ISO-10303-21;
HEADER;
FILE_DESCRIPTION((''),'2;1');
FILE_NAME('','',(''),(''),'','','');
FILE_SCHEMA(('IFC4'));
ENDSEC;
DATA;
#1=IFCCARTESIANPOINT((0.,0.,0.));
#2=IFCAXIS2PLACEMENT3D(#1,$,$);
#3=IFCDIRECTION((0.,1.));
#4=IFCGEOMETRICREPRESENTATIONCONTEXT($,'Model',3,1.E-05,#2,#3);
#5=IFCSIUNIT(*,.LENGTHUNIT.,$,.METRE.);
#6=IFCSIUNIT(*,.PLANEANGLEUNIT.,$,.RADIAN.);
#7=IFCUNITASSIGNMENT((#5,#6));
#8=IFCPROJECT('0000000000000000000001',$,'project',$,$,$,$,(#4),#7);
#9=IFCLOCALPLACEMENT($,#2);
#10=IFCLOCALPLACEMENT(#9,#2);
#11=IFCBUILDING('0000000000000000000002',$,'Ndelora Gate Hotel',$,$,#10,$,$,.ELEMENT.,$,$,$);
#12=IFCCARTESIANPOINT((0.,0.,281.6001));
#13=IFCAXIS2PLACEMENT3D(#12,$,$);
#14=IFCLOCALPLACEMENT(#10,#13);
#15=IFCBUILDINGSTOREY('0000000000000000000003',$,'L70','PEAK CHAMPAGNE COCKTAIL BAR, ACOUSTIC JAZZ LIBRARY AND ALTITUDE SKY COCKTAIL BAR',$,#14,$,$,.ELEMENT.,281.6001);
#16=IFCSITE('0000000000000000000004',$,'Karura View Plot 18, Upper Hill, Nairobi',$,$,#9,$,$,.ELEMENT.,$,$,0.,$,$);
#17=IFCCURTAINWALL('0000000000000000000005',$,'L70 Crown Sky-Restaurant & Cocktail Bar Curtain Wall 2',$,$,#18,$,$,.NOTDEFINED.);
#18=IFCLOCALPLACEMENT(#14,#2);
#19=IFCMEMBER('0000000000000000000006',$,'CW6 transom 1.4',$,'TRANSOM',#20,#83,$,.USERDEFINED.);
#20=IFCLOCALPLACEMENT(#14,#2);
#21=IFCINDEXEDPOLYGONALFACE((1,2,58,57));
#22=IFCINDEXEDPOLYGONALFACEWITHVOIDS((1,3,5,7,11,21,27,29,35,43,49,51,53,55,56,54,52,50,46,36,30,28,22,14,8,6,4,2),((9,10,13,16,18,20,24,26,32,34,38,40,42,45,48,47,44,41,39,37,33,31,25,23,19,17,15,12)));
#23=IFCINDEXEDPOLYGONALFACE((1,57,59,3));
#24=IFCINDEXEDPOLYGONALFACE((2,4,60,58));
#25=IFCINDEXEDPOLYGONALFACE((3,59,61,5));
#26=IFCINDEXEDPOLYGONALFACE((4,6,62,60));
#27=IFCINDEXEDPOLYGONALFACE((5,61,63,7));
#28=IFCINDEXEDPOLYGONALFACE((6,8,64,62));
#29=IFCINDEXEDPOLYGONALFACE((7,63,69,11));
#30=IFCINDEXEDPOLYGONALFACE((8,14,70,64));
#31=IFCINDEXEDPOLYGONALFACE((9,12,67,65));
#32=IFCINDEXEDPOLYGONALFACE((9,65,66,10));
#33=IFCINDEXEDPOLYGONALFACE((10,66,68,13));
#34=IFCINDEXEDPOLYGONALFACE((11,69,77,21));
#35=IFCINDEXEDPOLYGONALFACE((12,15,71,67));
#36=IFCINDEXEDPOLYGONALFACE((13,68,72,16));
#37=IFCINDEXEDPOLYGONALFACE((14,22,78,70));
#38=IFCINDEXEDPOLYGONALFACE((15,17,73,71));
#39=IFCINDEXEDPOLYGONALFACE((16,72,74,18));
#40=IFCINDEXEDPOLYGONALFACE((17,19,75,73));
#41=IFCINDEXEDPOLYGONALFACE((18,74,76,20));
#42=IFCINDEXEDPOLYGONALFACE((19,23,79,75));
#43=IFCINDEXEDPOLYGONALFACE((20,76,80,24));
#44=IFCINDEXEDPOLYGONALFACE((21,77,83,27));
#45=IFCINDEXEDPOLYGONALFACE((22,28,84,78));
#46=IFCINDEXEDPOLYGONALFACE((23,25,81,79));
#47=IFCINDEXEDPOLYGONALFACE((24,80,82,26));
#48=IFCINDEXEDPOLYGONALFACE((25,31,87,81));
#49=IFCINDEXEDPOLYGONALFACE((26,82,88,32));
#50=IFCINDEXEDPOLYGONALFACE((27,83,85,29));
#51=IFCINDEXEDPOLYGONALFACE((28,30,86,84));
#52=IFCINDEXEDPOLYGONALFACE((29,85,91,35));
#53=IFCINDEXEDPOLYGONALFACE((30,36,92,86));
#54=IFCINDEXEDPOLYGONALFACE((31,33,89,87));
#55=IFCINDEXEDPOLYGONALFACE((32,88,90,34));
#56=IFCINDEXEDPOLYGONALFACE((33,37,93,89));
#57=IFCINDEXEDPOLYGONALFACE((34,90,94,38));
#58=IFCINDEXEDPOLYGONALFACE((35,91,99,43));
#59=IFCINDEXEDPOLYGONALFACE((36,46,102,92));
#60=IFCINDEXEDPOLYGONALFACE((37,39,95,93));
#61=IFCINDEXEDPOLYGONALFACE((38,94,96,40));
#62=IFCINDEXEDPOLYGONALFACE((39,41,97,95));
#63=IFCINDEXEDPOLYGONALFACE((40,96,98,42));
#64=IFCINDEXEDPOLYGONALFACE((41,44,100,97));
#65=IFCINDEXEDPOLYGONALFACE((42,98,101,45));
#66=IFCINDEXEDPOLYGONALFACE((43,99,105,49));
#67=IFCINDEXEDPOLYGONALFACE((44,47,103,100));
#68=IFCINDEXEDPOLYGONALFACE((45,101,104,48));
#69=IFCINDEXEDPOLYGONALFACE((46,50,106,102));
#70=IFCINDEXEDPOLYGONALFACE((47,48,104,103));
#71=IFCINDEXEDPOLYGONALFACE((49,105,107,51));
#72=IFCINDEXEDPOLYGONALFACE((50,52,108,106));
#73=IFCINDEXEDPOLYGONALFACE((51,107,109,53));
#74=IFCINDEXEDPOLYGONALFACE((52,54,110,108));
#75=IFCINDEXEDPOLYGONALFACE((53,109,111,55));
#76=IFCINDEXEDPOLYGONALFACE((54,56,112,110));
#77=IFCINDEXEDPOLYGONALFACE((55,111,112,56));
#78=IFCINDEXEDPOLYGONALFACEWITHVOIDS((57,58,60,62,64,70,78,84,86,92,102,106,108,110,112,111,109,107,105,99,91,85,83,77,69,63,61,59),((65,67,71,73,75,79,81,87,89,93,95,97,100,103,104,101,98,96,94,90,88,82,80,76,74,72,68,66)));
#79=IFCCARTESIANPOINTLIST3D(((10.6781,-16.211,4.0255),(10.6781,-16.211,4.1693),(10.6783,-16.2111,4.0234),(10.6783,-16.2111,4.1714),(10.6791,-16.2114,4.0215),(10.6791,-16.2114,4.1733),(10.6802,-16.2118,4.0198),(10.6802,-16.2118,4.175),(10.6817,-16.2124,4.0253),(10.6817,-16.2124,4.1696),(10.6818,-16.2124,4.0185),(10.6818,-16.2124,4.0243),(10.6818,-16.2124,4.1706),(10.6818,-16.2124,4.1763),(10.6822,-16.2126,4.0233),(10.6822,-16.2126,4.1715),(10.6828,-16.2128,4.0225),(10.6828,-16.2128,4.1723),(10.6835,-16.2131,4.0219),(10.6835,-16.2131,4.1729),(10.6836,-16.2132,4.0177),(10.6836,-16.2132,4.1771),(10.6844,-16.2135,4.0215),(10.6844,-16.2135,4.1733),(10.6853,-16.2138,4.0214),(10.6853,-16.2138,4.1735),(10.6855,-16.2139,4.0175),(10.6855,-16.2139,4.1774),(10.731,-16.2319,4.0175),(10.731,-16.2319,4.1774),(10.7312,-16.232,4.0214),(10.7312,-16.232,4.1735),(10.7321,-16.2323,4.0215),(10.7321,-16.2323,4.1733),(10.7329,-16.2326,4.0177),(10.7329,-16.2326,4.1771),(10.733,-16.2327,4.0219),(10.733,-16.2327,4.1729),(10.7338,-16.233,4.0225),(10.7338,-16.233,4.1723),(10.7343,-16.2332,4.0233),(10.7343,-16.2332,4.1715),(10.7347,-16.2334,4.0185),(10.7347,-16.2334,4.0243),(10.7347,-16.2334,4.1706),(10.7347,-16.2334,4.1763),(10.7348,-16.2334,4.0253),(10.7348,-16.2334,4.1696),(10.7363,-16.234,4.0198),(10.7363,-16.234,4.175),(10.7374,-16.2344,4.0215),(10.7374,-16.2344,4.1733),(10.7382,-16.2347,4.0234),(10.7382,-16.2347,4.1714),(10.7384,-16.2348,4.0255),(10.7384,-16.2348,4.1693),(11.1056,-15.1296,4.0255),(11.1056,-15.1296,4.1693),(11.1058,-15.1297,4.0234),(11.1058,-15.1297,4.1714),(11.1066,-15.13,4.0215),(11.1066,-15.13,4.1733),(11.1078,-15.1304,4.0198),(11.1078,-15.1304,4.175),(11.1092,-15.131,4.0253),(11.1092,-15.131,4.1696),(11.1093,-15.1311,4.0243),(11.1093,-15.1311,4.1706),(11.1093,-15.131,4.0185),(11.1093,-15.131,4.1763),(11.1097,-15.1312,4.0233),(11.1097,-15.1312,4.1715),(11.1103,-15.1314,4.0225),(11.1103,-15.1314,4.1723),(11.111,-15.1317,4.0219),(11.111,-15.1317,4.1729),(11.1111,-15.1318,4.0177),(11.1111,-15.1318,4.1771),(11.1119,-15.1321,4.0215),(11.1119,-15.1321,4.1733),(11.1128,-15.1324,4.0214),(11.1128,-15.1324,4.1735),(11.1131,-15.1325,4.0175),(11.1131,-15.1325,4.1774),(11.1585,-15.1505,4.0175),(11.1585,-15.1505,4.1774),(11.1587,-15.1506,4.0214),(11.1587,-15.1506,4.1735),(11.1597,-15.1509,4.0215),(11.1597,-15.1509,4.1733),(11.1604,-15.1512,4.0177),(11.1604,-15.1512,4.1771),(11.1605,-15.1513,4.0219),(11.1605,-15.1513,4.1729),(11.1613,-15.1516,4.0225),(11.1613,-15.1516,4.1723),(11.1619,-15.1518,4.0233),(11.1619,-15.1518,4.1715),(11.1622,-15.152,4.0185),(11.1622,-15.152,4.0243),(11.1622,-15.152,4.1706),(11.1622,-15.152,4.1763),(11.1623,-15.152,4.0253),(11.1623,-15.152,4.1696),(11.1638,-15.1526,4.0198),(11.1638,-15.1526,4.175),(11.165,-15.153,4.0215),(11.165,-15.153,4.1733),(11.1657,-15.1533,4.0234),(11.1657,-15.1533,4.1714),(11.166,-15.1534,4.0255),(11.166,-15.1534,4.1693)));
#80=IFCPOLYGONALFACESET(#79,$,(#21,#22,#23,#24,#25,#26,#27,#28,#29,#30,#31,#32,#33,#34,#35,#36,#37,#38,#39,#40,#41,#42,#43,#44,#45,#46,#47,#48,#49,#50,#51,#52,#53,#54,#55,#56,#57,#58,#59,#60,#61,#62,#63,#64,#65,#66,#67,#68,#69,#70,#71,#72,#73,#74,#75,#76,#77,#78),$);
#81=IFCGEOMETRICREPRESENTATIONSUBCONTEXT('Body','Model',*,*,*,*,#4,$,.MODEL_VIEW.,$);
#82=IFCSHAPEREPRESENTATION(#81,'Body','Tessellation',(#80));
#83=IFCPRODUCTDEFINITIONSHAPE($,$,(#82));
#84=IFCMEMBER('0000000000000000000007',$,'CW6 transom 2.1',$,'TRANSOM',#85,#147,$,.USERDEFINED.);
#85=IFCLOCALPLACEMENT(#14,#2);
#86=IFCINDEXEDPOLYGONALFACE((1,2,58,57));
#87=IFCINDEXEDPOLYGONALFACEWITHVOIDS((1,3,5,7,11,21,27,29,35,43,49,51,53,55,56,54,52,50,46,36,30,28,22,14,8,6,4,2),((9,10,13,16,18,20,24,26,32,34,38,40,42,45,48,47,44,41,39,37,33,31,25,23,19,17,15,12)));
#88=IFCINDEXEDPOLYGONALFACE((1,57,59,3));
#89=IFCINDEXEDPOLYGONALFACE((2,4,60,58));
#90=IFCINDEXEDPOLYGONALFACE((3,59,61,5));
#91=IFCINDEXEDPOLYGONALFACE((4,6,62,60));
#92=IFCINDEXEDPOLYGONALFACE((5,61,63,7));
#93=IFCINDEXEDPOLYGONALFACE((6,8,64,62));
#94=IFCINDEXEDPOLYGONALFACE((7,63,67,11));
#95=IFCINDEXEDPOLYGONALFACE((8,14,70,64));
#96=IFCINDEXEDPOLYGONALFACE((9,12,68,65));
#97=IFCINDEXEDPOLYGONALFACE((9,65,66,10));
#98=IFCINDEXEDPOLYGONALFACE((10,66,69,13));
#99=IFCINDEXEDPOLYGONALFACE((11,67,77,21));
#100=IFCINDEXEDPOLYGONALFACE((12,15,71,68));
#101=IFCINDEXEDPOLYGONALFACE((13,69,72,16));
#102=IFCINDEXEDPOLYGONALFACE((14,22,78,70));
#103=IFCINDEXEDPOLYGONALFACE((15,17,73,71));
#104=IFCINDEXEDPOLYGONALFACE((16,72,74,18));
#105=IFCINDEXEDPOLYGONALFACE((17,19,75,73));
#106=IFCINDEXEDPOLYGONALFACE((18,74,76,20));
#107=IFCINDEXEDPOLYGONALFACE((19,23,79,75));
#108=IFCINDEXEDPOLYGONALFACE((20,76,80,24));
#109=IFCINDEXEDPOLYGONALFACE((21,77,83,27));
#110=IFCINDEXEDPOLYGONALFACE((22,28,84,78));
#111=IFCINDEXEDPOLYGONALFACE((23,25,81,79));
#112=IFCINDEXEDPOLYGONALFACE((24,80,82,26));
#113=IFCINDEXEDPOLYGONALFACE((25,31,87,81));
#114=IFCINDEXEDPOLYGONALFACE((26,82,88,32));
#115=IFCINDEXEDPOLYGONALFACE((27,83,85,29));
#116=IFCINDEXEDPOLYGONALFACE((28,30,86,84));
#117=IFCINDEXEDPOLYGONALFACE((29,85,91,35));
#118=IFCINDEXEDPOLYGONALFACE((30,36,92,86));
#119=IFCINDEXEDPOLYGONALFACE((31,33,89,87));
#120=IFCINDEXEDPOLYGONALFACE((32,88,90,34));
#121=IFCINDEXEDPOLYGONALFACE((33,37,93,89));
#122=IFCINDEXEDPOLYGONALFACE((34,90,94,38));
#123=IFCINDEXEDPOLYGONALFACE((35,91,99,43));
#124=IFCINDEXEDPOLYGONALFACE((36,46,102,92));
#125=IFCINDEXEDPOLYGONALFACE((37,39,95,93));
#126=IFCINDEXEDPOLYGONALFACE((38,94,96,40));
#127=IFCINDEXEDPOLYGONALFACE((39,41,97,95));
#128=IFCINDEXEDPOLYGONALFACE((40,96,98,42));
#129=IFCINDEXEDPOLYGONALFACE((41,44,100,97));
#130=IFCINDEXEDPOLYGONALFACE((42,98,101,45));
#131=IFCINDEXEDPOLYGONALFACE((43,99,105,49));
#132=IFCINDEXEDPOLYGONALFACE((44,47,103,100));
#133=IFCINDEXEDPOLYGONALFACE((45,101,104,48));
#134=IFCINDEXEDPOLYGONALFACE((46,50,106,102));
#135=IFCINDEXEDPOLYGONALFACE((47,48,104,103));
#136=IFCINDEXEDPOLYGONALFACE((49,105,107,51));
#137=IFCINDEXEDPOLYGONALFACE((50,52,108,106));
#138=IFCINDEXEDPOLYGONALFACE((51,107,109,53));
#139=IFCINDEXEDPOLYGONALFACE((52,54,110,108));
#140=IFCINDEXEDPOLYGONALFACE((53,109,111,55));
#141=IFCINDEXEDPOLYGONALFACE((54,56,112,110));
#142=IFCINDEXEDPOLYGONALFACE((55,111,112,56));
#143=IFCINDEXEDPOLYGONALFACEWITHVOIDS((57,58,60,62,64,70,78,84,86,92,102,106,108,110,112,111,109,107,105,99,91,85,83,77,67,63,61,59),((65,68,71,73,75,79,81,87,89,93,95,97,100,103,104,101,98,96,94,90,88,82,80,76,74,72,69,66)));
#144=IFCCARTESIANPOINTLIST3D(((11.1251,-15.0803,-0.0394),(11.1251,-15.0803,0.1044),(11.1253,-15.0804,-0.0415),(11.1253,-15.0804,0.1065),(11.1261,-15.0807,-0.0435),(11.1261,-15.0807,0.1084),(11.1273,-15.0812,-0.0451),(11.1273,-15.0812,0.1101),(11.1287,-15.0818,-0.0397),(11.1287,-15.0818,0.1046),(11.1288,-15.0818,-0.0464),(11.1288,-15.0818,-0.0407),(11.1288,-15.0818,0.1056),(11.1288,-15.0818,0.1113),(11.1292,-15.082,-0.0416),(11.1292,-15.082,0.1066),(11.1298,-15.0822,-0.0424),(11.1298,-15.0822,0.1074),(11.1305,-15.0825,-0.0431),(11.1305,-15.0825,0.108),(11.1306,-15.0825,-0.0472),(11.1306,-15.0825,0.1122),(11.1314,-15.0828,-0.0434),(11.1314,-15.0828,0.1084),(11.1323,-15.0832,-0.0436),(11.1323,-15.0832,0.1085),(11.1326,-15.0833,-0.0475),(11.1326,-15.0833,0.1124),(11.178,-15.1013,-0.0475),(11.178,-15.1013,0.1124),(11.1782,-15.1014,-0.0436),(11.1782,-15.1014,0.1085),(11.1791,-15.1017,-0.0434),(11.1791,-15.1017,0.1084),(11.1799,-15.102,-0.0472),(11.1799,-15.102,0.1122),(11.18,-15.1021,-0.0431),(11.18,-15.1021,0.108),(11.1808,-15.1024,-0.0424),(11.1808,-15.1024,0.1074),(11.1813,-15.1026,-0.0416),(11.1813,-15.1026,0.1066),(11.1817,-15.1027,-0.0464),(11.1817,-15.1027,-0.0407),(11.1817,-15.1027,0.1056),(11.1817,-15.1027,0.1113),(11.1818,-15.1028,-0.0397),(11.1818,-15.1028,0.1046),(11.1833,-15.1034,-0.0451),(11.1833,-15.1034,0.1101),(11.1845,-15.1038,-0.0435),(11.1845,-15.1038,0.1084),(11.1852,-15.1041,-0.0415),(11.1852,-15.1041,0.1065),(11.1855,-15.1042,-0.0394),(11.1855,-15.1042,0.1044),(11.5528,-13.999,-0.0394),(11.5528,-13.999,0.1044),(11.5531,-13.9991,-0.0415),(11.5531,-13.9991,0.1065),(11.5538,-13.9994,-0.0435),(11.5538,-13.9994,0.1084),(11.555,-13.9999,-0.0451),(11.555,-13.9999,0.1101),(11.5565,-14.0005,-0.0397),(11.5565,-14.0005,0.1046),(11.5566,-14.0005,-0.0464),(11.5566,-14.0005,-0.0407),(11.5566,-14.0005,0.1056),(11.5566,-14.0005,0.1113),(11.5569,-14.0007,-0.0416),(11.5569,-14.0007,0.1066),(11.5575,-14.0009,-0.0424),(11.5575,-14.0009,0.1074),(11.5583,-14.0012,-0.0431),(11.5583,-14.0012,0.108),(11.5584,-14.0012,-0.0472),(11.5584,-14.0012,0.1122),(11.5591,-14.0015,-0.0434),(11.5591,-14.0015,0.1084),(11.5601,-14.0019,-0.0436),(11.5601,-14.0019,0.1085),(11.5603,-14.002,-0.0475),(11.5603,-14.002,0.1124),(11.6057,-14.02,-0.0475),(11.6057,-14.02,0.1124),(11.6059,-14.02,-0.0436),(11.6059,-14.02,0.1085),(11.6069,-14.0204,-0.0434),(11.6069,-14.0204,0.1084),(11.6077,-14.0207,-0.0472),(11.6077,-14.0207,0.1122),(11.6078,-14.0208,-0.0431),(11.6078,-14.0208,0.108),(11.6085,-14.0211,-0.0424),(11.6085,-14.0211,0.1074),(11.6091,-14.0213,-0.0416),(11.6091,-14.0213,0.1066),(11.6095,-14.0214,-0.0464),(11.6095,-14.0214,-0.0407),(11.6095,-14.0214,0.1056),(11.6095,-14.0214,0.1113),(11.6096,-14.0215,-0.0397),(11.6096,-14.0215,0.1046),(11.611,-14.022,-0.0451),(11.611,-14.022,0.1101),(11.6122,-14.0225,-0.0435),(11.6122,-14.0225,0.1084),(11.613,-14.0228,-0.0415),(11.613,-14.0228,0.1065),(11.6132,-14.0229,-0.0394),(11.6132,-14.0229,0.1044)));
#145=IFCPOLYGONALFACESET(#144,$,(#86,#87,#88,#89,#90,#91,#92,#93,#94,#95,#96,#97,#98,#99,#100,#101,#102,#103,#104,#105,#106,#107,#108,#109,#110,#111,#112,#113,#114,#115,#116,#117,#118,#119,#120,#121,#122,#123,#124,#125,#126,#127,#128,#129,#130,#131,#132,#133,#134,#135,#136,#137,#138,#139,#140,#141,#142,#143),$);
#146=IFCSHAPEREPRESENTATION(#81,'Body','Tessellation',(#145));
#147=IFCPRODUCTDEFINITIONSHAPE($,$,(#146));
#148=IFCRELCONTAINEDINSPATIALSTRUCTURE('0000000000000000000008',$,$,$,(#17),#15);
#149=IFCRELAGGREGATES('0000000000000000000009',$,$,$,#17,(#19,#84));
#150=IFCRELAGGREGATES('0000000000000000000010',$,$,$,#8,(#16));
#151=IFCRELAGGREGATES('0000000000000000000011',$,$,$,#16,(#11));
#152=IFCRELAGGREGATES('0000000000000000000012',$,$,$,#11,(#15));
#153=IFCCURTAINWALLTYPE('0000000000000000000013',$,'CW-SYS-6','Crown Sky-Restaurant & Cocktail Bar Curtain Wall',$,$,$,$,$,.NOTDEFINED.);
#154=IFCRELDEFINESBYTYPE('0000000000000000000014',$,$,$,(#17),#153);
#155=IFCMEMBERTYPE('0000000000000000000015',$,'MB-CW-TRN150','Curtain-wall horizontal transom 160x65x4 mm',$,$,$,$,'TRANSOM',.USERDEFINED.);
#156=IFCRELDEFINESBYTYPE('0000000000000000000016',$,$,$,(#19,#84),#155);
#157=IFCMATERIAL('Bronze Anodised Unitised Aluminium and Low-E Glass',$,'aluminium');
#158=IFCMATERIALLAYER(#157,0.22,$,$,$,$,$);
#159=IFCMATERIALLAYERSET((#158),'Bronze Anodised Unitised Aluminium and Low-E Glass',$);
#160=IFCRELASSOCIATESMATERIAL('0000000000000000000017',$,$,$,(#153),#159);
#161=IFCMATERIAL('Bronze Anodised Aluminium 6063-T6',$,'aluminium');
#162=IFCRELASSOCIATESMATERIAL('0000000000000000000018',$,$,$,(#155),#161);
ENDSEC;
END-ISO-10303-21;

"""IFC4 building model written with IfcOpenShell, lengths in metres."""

from ifc_helpers import new_model, si_unit, direction, frame, origin, origin_2d, place, context, subcontext, project, spatial, hollow_rectangle, extrude, material, layer, layer_set, material_profile, profile_set, type_object, element, aggregate, save


model = new_model("IFC4")

# Units and contexts
model_context = context("Model", 3, precision=1e-05, world=origin(), true_north=direction((0.0, 1.0)))
body_context = subcontext(model_context, "Body", "Model", "MODEL_VIEW")
ifc_project = project(units=[si_unit("LENGTHUNIT", "METRE"), si_unit("PLANEANGLEUNIT", "RADIAN")], contexts=[model_context])

# Site, building, storey
site_placement = place(None, origin())
site = spatial("IfcSite", under=ifc_project, at=site_placement, Name="Karura View Plot 18, Upper Hill, Nairobi", CompositionType="ELEMENT", RefElevation=0.0)
building_placement = place(site_placement, origin())
building = spatial("IfcBuilding", under=site, at=building_placement, Name="Ndelora Gate Hotel", CompositionType="ELEMENT")
storey_placement = place(building_placement, frame((0.0, 0.0, 281.6001)))
storey = spatial("IfcBuildingStorey", under=building, at=storey_placement, Name="L70", Description="PEAK CHAMPAGNE COCKTAIL BAR, ACOUSTIC JAZZ LIBRARY AND ALTITUDE SKY COCKTAIL BAR", CompositionType="ELEMENT", Elevation=281.6001)

# Curtain wall, members
ifc_material_1 = material(Name="Bronze Anodised Unitised Aluminium and Low-E Glass", Category="aluminium")
ifc_layer_1 = layer(ifc_material_1, 0.22)
ifc_layer_set_1 = layer_set([ifc_layer_1], Name="Bronze Anodised Unitised Aluminium and Low-E Glass")
curtain_wall_type = type_object("IfcCurtainWallType", Name="CW-SYS-6", Description="Crown Sky-Restaurant & Cocktail Bar Curtain Wall", PredefinedType="NOTDEFINED", material=ifc_layer_set_1)
curtain_wall_placement = place(storey_placement, origin())
curtain_wall = element("IfcCurtainWall", 1, at=curtain_wall_placement, inside=storey, type_object=curtain_wall_type, Name="L70 Crown Sky-Restaurant & Cocktail Bar Curtain Wall 2", PredefinedType="NOTDEFINED")
ifc_material_2 = material(Name="Bronze Anodised Aluminium 6063-T6", Category="aluminium")
ifc_material_profile_1 = material_profile(ifc_material_2, hollow_rectangle(XDim=0.0649, YDim=0.1599, WallThickness=0.0039, InnerFilletRadius=0.0039, OuterFilletRadius=0.0081, at=origin_2d()), Name="ALU 160x65x4")
ifc_profile_set_1 = profile_set([ifc_material_profile_1], Name="Bronze Anodised Aluminium 6063-T6")
member_type_1 = type_object("IfcMemberType", Name="MB-CW-TRN150", Description="Curtain-wall horizontal transom 160x65x4 mm", ElementType="TRANSOM", PredefinedType="USERDEFINED", material=ifc_profile_set_1)
member_1_placement = place(storey_placement, frame((10.7083, -16.2229, 4.0974), z_axis=(0.367659, 0.929961, 0.0), x_axis=(-0.929961, 0.367659, 0.0)))
member_1 = element("IfcMember", 2, at=member_1_placement, type_object=member_type_1, Name="CW6 transom 1.4", ObjectType="TRANSOM", PredefinedType="USERDEFINED", context=body_context, shape_type="SweptSolid", body=[
    extrude(hollow_rectangle(XDim=0.0649, YDim=0.1599, WallThickness=0.0039, InnerFilletRadius=0.0039, OuterFilletRadius=0.0081, at=origin_2d()), origin(), (0.0, 0.0, 1.0), 1.1628),
])
member_2_placement = place(storey_placement, frame((11.1553, -15.0923, 0.0325), z_axis=(0.36784, 0.929889, 0.0), x_axis=(-0.929889, 0.36784, 0.0)))
member_2 = element("IfcMember", 3, at=member_2_placement, type_object=member_type_1, Name="CW6 transom 2.1", ObjectType="TRANSOM", PredefinedType="USERDEFINED", context=body_context, shape_type="SweptSolid", body=[
    extrude(hollow_rectangle(XDim=0.0649, YDim=0.1599, WallThickness=0.0039, InnerFilletRadius=0.0039, OuterFilletRadius=0.0081, at=origin_2d()), origin(), (0.0, 0.0, 1.0), 1.1628),
])
aggregate(curtain_wall, [member_1, member_2])

save(model, "model.ifc")
